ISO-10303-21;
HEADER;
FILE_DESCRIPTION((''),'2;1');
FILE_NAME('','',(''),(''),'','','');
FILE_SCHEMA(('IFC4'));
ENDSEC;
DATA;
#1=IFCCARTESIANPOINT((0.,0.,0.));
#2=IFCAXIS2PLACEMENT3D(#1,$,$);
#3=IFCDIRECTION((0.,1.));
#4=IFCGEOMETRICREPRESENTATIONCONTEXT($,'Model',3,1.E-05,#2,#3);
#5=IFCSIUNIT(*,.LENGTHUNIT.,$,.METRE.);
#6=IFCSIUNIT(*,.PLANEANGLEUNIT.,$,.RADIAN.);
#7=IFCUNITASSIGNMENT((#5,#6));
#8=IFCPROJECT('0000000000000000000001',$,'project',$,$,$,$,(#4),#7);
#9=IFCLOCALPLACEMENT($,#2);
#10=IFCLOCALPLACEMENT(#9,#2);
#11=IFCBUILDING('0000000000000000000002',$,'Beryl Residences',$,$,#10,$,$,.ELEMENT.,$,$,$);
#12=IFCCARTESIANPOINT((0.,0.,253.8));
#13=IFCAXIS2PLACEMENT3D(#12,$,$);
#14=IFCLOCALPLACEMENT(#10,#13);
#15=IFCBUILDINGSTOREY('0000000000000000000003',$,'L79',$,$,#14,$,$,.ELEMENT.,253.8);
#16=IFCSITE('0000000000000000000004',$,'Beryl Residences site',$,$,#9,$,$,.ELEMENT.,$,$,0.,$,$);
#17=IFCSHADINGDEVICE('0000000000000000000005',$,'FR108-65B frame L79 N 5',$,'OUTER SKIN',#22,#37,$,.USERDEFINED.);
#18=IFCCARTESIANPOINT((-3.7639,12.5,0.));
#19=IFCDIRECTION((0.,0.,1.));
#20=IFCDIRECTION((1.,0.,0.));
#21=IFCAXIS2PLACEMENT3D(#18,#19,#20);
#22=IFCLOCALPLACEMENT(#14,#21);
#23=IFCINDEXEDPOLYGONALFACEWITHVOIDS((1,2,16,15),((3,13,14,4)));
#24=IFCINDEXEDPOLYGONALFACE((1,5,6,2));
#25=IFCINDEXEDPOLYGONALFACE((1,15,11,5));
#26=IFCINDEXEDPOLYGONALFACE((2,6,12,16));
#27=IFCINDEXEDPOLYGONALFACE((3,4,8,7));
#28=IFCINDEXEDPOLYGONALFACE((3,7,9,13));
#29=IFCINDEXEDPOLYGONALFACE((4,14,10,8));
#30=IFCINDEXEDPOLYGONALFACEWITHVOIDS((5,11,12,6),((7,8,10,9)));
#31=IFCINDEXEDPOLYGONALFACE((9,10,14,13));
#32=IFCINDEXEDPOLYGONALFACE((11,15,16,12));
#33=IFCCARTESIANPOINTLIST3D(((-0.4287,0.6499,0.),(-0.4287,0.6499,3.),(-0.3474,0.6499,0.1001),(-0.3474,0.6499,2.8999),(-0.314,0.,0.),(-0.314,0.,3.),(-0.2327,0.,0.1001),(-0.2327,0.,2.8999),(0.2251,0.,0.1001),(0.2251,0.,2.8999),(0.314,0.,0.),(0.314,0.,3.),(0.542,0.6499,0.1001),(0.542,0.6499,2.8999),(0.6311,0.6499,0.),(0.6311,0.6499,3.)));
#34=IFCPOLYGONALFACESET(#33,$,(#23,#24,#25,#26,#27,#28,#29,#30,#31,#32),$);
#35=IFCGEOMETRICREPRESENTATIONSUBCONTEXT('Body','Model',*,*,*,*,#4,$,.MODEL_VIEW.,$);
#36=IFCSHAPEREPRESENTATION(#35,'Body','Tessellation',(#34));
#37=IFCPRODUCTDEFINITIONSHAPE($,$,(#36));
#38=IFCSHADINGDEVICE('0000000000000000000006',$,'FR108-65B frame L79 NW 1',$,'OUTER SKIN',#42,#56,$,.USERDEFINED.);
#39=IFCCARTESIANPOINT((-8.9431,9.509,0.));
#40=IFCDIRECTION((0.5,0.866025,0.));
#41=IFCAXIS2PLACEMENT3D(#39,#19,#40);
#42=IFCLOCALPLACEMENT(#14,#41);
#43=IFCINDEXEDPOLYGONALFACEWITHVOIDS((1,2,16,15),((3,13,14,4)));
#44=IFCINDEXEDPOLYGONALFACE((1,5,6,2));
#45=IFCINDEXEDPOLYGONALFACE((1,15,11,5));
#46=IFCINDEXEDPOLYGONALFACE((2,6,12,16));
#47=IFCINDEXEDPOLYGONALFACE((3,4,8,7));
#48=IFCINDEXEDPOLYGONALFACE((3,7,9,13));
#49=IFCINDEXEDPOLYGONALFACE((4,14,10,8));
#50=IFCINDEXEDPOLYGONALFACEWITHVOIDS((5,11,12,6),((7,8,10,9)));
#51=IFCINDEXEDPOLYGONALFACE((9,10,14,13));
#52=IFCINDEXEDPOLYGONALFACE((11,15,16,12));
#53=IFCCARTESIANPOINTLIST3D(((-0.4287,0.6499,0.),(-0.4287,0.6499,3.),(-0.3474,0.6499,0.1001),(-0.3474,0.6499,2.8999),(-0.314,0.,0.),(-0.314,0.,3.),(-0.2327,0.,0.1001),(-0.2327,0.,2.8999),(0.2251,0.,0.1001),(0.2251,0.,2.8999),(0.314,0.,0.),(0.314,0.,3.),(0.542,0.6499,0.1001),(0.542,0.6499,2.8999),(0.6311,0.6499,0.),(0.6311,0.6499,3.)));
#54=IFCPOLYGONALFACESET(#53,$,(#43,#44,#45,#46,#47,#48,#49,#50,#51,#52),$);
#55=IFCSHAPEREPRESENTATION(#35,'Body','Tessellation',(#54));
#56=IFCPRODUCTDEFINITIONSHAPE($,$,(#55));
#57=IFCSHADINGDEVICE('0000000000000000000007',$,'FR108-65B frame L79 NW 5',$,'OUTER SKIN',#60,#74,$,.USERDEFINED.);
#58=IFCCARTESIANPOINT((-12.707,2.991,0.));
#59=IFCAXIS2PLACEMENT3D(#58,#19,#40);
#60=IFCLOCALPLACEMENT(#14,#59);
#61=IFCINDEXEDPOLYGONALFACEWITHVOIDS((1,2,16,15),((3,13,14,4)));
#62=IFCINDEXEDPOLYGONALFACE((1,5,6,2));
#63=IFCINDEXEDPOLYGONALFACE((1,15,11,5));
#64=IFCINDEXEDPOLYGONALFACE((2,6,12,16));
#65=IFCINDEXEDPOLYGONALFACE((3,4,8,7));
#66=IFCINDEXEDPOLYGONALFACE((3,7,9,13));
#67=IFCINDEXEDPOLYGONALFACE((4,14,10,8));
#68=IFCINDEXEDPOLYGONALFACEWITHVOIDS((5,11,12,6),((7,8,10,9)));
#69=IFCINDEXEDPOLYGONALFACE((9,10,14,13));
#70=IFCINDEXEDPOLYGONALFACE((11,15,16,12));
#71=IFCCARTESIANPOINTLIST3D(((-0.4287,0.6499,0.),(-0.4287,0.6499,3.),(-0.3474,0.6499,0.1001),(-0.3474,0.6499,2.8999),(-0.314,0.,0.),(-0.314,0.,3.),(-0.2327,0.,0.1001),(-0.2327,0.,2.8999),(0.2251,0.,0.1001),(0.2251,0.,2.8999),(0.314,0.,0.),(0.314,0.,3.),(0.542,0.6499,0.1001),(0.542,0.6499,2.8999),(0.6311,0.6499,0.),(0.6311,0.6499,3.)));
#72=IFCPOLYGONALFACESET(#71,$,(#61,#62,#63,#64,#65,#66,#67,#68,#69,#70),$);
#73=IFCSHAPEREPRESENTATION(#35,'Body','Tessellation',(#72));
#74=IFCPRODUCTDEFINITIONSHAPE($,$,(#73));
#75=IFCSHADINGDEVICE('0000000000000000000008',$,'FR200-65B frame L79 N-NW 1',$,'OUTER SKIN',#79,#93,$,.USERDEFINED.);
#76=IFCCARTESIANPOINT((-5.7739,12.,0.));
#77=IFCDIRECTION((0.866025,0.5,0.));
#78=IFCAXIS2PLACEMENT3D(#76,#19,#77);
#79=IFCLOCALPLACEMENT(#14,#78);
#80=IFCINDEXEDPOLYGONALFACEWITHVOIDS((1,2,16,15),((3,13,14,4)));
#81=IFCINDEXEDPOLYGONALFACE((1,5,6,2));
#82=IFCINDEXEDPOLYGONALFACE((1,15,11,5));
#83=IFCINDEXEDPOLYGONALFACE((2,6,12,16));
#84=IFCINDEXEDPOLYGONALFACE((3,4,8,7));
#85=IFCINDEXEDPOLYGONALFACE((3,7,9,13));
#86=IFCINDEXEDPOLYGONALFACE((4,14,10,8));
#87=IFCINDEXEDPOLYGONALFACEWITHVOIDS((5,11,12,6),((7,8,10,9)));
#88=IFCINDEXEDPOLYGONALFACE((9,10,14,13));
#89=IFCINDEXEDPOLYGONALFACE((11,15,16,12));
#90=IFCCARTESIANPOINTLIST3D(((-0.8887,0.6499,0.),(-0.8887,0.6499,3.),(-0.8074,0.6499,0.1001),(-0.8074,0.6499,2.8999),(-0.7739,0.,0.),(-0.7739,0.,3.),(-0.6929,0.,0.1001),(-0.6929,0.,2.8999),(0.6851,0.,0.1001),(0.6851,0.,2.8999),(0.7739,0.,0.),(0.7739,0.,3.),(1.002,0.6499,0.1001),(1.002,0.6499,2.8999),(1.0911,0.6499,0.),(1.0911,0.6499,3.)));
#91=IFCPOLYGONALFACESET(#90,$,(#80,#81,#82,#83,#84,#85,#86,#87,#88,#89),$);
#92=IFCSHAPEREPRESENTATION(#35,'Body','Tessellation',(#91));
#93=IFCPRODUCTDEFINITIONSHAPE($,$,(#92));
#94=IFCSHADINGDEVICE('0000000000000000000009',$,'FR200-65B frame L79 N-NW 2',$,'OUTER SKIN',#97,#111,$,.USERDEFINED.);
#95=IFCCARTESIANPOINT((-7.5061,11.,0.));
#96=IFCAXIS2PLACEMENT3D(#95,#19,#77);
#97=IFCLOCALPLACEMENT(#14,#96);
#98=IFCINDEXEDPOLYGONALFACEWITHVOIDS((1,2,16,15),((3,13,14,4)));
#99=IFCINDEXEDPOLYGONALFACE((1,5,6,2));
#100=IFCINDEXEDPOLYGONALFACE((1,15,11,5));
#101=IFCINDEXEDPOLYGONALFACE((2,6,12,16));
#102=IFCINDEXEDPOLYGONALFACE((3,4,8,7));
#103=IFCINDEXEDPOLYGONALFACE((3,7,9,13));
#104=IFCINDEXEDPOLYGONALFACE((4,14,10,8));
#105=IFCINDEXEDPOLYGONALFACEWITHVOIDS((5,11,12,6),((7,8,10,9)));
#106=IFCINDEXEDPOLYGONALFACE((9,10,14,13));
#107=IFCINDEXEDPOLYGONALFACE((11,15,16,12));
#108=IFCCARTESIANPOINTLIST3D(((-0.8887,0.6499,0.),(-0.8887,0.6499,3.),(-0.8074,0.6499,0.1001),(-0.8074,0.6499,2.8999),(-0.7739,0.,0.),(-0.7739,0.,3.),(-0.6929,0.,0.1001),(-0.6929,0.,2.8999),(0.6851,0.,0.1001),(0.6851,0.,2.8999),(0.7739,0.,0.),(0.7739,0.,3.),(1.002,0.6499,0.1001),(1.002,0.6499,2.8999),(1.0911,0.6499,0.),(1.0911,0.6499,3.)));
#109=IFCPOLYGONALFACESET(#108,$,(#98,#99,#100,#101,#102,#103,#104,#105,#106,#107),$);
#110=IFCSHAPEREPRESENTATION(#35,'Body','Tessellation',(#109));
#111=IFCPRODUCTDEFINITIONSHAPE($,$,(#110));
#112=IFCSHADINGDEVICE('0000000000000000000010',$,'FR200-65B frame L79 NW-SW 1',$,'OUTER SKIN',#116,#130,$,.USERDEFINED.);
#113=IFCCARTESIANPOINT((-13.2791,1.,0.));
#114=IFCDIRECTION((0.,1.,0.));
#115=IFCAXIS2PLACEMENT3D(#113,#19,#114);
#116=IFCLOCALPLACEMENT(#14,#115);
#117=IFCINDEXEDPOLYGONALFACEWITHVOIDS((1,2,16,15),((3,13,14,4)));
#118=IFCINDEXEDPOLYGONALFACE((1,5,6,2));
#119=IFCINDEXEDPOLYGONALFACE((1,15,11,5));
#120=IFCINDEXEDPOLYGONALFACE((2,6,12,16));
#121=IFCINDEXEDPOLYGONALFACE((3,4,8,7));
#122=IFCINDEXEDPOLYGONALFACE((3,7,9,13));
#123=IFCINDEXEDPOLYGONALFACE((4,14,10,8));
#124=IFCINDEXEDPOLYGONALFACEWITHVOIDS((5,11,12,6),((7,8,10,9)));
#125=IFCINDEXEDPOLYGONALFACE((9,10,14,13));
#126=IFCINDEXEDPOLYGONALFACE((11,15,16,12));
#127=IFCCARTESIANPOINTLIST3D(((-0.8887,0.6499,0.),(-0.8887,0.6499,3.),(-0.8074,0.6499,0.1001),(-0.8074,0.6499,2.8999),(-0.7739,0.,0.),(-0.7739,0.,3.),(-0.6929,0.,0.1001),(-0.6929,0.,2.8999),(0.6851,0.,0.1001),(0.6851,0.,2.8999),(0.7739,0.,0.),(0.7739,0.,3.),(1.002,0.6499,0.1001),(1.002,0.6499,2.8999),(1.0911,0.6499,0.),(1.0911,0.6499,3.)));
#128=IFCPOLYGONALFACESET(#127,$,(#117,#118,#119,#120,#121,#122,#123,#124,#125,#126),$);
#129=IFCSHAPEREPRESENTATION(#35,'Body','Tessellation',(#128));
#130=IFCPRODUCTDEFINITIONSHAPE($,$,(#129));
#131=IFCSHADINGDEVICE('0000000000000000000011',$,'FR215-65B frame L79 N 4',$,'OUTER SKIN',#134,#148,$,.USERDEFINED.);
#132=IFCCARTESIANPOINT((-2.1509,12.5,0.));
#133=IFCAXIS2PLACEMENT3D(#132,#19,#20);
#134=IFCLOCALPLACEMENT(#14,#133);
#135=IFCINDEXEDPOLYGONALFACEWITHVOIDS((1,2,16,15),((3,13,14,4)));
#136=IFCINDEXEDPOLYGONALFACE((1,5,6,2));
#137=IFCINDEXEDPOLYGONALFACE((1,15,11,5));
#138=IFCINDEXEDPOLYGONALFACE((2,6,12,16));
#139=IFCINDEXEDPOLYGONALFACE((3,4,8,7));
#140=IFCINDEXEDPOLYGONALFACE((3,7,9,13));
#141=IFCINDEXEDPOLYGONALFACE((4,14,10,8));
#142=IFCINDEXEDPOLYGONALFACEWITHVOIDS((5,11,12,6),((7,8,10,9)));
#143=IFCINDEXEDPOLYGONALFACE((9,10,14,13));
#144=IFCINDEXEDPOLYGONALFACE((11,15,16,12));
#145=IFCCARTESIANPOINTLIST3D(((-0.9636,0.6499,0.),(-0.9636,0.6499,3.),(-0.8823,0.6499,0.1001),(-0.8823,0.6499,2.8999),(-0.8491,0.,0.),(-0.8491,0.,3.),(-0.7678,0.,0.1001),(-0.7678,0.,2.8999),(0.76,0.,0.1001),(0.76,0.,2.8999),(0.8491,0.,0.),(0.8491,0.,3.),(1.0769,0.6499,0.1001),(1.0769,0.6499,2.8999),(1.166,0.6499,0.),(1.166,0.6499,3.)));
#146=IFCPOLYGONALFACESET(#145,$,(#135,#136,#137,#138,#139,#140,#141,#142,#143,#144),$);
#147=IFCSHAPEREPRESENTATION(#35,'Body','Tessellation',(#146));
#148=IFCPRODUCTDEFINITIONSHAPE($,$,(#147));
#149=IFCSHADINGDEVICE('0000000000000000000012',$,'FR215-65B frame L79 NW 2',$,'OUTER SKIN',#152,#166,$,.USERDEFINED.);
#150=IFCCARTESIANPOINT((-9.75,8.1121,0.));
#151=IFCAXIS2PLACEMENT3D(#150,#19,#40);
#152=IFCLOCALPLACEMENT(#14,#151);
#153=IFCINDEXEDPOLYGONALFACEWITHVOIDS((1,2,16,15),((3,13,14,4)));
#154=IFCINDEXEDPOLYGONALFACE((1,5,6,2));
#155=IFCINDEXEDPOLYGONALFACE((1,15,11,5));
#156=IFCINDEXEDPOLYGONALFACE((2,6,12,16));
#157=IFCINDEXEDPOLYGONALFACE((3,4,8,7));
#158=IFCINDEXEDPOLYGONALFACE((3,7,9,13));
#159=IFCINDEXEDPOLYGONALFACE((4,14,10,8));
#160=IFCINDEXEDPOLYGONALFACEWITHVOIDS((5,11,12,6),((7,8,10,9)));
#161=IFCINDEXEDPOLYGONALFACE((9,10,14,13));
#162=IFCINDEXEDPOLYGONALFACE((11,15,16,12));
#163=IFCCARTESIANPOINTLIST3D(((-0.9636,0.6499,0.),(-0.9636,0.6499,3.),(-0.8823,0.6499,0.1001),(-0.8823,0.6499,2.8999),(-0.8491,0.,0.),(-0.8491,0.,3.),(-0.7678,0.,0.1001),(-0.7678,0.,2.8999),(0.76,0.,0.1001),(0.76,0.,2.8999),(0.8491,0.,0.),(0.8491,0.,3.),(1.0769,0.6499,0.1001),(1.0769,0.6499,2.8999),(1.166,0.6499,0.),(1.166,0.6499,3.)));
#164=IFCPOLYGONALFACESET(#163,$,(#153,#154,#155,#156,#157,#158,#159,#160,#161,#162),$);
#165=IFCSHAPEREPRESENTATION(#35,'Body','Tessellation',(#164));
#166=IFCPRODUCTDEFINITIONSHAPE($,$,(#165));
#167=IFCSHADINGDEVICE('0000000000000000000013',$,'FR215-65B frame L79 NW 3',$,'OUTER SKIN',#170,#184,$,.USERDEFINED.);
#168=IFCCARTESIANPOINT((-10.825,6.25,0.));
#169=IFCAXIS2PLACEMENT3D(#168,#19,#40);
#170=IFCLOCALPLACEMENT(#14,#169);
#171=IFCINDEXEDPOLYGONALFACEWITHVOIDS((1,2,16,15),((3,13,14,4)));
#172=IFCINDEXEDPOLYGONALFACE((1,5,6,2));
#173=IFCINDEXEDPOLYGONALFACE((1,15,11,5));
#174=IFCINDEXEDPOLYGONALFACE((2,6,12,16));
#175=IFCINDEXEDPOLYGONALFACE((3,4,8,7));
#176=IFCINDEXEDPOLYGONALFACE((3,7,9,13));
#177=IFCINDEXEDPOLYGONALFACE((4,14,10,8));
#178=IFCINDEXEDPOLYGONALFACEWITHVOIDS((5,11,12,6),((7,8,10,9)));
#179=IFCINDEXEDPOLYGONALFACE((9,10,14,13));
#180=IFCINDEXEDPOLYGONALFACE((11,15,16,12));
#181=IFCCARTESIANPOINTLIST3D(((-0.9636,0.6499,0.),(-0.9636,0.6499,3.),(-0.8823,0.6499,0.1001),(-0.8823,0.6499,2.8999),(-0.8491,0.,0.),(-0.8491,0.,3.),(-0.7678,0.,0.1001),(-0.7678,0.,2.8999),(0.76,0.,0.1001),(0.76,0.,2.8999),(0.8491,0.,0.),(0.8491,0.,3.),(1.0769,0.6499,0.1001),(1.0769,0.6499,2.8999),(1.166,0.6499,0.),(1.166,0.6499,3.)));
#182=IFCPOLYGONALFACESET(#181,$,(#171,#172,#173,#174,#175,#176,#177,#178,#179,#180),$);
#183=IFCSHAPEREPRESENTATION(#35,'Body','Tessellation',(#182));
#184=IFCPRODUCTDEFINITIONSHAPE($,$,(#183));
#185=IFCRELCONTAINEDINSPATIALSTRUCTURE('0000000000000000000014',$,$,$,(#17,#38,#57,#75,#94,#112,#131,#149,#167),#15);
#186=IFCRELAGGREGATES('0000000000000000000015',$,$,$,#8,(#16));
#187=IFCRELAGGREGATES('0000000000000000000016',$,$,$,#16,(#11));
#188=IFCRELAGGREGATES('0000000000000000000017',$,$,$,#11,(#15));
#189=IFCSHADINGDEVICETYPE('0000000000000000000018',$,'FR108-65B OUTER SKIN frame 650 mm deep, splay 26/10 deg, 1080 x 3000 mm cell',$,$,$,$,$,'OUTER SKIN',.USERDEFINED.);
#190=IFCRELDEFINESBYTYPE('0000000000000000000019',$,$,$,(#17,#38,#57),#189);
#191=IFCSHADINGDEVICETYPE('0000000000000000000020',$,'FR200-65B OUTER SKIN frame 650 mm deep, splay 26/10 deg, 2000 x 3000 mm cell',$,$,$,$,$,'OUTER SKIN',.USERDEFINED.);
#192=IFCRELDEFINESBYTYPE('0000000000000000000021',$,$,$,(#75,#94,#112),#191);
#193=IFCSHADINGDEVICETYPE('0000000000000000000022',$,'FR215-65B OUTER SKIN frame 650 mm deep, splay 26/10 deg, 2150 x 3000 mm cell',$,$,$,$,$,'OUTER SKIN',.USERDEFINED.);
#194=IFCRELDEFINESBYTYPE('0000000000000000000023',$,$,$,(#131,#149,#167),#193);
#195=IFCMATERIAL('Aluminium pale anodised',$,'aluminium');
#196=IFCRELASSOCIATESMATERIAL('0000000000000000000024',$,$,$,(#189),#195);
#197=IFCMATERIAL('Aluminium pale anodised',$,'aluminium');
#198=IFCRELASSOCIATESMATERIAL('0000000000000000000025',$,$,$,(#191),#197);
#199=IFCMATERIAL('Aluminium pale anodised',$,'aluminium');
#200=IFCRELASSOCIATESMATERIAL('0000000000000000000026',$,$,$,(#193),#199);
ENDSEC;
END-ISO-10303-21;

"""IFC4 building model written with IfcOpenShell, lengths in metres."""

from ifc_helpers import new_model, entity, si_unit, direction, frame, origin, place, context, subcontext, project, spatial, source, transform, mapped, material, type_object, type_shapes, element, save


model = new_model("IFC4")

# Units and contexts
model_context = context("Model", 3, precision=1e-05, world=origin(), true_north=direction((0.0, 1.0)))
body_context = subcontext(model_context, "Body", "Model", "MODEL_VIEW")
ifc_project = project(units=[si_unit("LENGTHUNIT", "METRE"), si_unit("PLANEANGLEUNIT", "RADIAN")], contexts=[model_context])

# Site, building, storey
site_placement = place(None, origin())
site = spatial("IfcSite", under=ifc_project, at=site_placement, Name="Beryl Residences site", CompositionType="ELEMENT", RefElevation=0.0)
building_placement = place(site_placement, origin())
building = spatial("IfcBuilding", under=site, at=building_placement, Name="Beryl Residences", CompositionType="ELEMENT")
storey_placement = place(building_placement, frame((0.0, 0.0, 253.8)))
storey = spatial("IfcBuildingStorey", under=building, at=storey_placement, Name="L79", CompositionType="ELEMENT", Elevation=253.8)

# Shading devices
ifc_material_1 = material(Name="Aluminium pale anodised", Category="aluminium")
shading_device_type_1 = type_object("IfcShadingDeviceType", Name="FR108-65B OUTER SKIN frame 650 mm deep, splay 26/10 deg, 1080 x 3000 mm cell", ElementType="OUTER SKIN", PredefinedType="USERDEFINED", material=ifc_material_1)
cartesian_point_1 = entity("IfcCartesianPoint", [-0.314, 0.0])
cartesian_point_2 = entity("IfcCartesianPoint", [-0.2251, 0.1001])
cartesian_point_3 = entity("IfcCartesianPoint", [-0.6311, 0.0])
cartesian_point_4 = entity("IfcCartesianPoint", [-0.542, 0.1001])
shared_shape_1 = source(origin(), body_context, "Body", "SweptSolid", [
    entity("IfcExtrudedAreaSolidTapered", entity("IfcArbitraryProfileDefWithVoids", "AREA", None, entity("IfcPolyline", [cartesian_point_1, entity("IfcCartesianPoint", [0.314, 0.0]), entity("IfcCartesianPoint", [0.314, 3.0]), entity("IfcCartesianPoint", [-0.314, 3.0]), cartesian_point_1]), [entity("IfcPolyline", [cartesian_point_2, entity("IfcCartesianPoint", [0.2327, 0.1001]), entity("IfcCartesianPoint", [0.2327, 2.8999]), entity("IfcCartesianPoint", [-0.2251, 2.8999]), cartesian_point_2])]), entity("IfcAxis2Placement3D", entity("IfcCartesianPoint", [0.0, 0.0, 0.0]), entity("IfcDirection", [0.0, 1.0, 0.0]), entity("IfcDirection", [-1.0, 0.0, 0.0])), entity("IfcDirection", [0.0, 0.0, 1.0]), 0.6499, entity("IfcArbitraryProfileDefWithVoids", "AREA", None, entity("IfcPolyline", [cartesian_point_3, entity("IfcCartesianPoint", [0.4287, 0.0]), entity("IfcCartesianPoint", [0.4287, 3.0]), entity("IfcCartesianPoint", [-0.6311, 3.0]), cartesian_point_3]), [entity("IfcPolyline", [cartesian_point_4, entity("IfcCartesianPoint", [0.3474, 0.1001]), entity("IfcCartesianPoint", [0.3474, 2.8999]), entity("IfcCartesianPoint", [-0.542, 2.8999]), cartesian_point_4])])),
])
type_shapes(shading_device_type_1, [shared_shape_1])
for number, where, z_axis, x_axis, name in (
    (1, (-3.7639, 12.5, 0.0), (0.0, 0.0, 1.0), (1.0, 0.0, 0.0), "FR108-65B frame L79 N 5"),
    (2, (-8.9431, 9.509, 0.0), (0.0, 0.0, 1.0), (0.5, 0.866025, 0.0), "FR108-65B frame L79 NW 1"),
    (3, (-12.707, 2.991, 0.0), (0.0, 0.0, 1.0), (0.5, 0.866025, 0.0), "FR108-65B frame L79 NW 5"),
):
    element("IfcShadingDevice", number, at=place(storey_placement, frame(where, z_axis=z_axis, x_axis=x_axis)), inside=storey, type_object=shading_device_type_1, Name=name, ObjectType="OUTER SKIN", PredefinedType="USERDEFINED", context=body_context, shape_type="MappedRepresentation", body=[
        mapped(shared_shape_1, transform((0.0, 0.0, 0.0))),
    ])
ifc_material_2 = material(Name="Aluminium pale anodised", Category="aluminium")
shading_device_type_2 = type_object("IfcShadingDeviceType", Name="FR200-65B OUTER SKIN frame 650 mm deep, splay 26/10 deg, 2000 x 3000 mm cell", ElementType="OUTER SKIN", PredefinedType="USERDEFINED", material=ifc_material_2)
cartesian_point_5 = entity("IfcCartesianPoint", [-0.7739, 0.0])
cartesian_point_6 = entity("IfcCartesianPoint", [-0.6851, 0.1001])
cartesian_point_7 = entity("IfcCartesianPoint", [-1.0911, 0.0])
cartesian_point_8 = entity("IfcCartesianPoint", [-1.002, 0.1001])
shared_shape_2 = source(origin(), body_context, "Body", "SweptSolid", [
    entity("IfcExtrudedAreaSolidTapered", entity("IfcArbitraryProfileDefWithVoids", "AREA", None, entity("IfcPolyline", [cartesian_point_5, entity("IfcCartesianPoint", [0.7739, 0.0]), entity("IfcCartesianPoint", [0.7739, 3.0]), entity("IfcCartesianPoint", [-0.7739, 3.0]), cartesian_point_5]), [entity("IfcPolyline", [cartesian_point_6, entity("IfcCartesianPoint", [0.6929, 0.1001]), entity("IfcCartesianPoint", [0.6929, 2.8999]), entity("IfcCartesianPoint", [-0.6851, 2.8999]), cartesian_point_6])]), entity("IfcAxis2Placement3D", entity("IfcCartesianPoint", [0.0, 0.0, 0.0]), entity("IfcDirection", [0.0, 1.0, 0.0]), entity("IfcDirection", [-1.0, 0.0, 0.0])), entity("IfcDirection", [0.0, 0.0, 1.0]), 0.6499, entity("IfcArbitraryProfileDefWithVoids", "AREA", None, entity("IfcPolyline", [cartesian_point_7, entity("IfcCartesianPoint", [0.8887, 0.0]), entity("IfcCartesianPoint", [0.8887, 3.0]), entity("IfcCartesianPoint", [-1.0911, 3.0]), cartesian_point_7]), [entity("IfcPolyline", [cartesian_point_8, entity("IfcCartesianPoint", [0.8074, 0.1001]), entity("IfcCartesianPoint", [0.8074, 2.8999]), entity("IfcCartesianPoint", [-1.002, 2.8999]), cartesian_point_8])])),
])
type_shapes(shading_device_type_2, [shared_shape_2])
for number, where, z_axis, x_axis, name in (
    (4, (-5.7739, 12.0, 0.0), (0.0, 0.0, 1.0), (0.866025, 0.5, 0.0), "FR200-65B frame L79 N-NW 1"),
    (5, (-7.5061, 11.0, 0.0), (0.0, 0.0, 1.0), (0.866025, 0.5, 0.0), "FR200-65B frame L79 N-NW 2"),
    (6, (-13.2791, 1.0, 0.0), (0.0, 0.0, 1.0), (0.0, 1.0, 0.0), "FR200-65B frame L79 NW-SW 1"),
):
    element("IfcShadingDevice", number, at=place(storey_placement, frame(where, z_axis=z_axis, x_axis=x_axis)), inside=storey, type_object=shading_device_type_2, Name=name, ObjectType="OUTER SKIN", PredefinedType="USERDEFINED", context=body_context, shape_type="MappedRepresentation", body=[
        mapped(shared_shape_2, transform((0.0, 0.0, 0.0))),
    ])
ifc_material_3 = material(Name="Aluminium pale anodised", Category="aluminium")
shading_device_type_3 = type_object("IfcShadingDeviceType", Name="FR215-65B OUTER SKIN frame 650 mm deep, splay 26/10 deg, 2150 x 3000 mm cell", ElementType="OUTER SKIN", PredefinedType="USERDEFINED", material=ifc_material_3)
cartesian_point_9 = entity("IfcCartesianPoint", [-0.8491, 0.0])
cartesian_point_10 = entity("IfcCartesianPoint", [-0.76, 0.1001])
cartesian_point_11 = entity("IfcCartesianPoint", [-1.166, 0.0])
cartesian_point_12 = entity("IfcCartesianPoint", [-1.0769, 0.1001])
shared_shape_3 = source(origin(), body_context, "Body", "SweptSolid", [
    entity("IfcExtrudedAreaSolidTapered", entity("IfcArbitraryProfileDefWithVoids", "AREA", None, entity("IfcPolyline", [cartesian_point_9, entity("IfcCartesianPoint", [0.8491, 0.0]), entity("IfcCartesianPoint", [0.8491, 3.0]), entity("IfcCartesianPoint", [-0.8491, 3.0]), cartesian_point_9]), [entity("IfcPolyline", [cartesian_point_10, entity("IfcCartesianPoint", [0.7678, 0.1001]), entity("IfcCartesianPoint", [0.7678, 2.8999]), entity("IfcCartesianPoint", [-0.76, 2.8999]), cartesian_point_10])]), entity("IfcAxis2Placement3D", entity("IfcCartesianPoint", [0.0, 0.0, 0.0]), entity("IfcDirection", [0.0, 1.0, 0.0]), entity("IfcDirection", [-1.0, 0.0, 0.0])), entity("IfcDirection", [0.0, 0.0, 1.0]), 0.6499, entity("IfcArbitraryProfileDefWithVoids", "AREA", None, entity("IfcPolyline", [cartesian_point_11, entity("IfcCartesianPoint", [0.9636, 0.0]), entity("IfcCartesianPoint", [0.9636, 3.0]), entity("IfcCartesianPoint", [-1.166, 3.0]), cartesian_point_11]), [entity("IfcPolyline", [cartesian_point_12, entity("IfcCartesianPoint", [0.8823, 0.1001]), entity("IfcCartesianPoint", [0.8823, 2.8999]), entity("IfcCartesianPoint", [-1.0769, 2.8999]), cartesian_point_12])])),
])
type_shapes(shading_device_type_3, [shared_shape_3])
for number, where, z_axis, x_axis, name in (
    (7, (-2.1509, 12.5, 0.0), (0.0, 0.0, 1.0), (1.0, 0.0, 0.0), "FR215-65B frame L79 N 4"),
    (8, (-9.75, 8.1121, 0.0), (0.0, 0.0, 1.0), (0.5, 0.866025, 0.0), "FR215-65B frame L79 NW 2"),
    (9, (-10.825, 6.25, 0.0), (0.0, 0.0, 1.0), (0.5, 0.866025, 0.0), "FR215-65B frame L79 NW 3"),
):
    element("IfcShadingDevice", number, at=place(storey_placement, frame(where, z_axis=z_axis, x_axis=x_axis)), inside=storey, type_object=shading_device_type_3, Name=name, ObjectType="OUTER SKIN", PredefinedType="USERDEFINED", context=body_context, shape_type="MappedRepresentation", body=[
        mapped(shared_shape_3, transform((0.0, 0.0, 0.0))),
    ])

save(model, "model.ifc")
